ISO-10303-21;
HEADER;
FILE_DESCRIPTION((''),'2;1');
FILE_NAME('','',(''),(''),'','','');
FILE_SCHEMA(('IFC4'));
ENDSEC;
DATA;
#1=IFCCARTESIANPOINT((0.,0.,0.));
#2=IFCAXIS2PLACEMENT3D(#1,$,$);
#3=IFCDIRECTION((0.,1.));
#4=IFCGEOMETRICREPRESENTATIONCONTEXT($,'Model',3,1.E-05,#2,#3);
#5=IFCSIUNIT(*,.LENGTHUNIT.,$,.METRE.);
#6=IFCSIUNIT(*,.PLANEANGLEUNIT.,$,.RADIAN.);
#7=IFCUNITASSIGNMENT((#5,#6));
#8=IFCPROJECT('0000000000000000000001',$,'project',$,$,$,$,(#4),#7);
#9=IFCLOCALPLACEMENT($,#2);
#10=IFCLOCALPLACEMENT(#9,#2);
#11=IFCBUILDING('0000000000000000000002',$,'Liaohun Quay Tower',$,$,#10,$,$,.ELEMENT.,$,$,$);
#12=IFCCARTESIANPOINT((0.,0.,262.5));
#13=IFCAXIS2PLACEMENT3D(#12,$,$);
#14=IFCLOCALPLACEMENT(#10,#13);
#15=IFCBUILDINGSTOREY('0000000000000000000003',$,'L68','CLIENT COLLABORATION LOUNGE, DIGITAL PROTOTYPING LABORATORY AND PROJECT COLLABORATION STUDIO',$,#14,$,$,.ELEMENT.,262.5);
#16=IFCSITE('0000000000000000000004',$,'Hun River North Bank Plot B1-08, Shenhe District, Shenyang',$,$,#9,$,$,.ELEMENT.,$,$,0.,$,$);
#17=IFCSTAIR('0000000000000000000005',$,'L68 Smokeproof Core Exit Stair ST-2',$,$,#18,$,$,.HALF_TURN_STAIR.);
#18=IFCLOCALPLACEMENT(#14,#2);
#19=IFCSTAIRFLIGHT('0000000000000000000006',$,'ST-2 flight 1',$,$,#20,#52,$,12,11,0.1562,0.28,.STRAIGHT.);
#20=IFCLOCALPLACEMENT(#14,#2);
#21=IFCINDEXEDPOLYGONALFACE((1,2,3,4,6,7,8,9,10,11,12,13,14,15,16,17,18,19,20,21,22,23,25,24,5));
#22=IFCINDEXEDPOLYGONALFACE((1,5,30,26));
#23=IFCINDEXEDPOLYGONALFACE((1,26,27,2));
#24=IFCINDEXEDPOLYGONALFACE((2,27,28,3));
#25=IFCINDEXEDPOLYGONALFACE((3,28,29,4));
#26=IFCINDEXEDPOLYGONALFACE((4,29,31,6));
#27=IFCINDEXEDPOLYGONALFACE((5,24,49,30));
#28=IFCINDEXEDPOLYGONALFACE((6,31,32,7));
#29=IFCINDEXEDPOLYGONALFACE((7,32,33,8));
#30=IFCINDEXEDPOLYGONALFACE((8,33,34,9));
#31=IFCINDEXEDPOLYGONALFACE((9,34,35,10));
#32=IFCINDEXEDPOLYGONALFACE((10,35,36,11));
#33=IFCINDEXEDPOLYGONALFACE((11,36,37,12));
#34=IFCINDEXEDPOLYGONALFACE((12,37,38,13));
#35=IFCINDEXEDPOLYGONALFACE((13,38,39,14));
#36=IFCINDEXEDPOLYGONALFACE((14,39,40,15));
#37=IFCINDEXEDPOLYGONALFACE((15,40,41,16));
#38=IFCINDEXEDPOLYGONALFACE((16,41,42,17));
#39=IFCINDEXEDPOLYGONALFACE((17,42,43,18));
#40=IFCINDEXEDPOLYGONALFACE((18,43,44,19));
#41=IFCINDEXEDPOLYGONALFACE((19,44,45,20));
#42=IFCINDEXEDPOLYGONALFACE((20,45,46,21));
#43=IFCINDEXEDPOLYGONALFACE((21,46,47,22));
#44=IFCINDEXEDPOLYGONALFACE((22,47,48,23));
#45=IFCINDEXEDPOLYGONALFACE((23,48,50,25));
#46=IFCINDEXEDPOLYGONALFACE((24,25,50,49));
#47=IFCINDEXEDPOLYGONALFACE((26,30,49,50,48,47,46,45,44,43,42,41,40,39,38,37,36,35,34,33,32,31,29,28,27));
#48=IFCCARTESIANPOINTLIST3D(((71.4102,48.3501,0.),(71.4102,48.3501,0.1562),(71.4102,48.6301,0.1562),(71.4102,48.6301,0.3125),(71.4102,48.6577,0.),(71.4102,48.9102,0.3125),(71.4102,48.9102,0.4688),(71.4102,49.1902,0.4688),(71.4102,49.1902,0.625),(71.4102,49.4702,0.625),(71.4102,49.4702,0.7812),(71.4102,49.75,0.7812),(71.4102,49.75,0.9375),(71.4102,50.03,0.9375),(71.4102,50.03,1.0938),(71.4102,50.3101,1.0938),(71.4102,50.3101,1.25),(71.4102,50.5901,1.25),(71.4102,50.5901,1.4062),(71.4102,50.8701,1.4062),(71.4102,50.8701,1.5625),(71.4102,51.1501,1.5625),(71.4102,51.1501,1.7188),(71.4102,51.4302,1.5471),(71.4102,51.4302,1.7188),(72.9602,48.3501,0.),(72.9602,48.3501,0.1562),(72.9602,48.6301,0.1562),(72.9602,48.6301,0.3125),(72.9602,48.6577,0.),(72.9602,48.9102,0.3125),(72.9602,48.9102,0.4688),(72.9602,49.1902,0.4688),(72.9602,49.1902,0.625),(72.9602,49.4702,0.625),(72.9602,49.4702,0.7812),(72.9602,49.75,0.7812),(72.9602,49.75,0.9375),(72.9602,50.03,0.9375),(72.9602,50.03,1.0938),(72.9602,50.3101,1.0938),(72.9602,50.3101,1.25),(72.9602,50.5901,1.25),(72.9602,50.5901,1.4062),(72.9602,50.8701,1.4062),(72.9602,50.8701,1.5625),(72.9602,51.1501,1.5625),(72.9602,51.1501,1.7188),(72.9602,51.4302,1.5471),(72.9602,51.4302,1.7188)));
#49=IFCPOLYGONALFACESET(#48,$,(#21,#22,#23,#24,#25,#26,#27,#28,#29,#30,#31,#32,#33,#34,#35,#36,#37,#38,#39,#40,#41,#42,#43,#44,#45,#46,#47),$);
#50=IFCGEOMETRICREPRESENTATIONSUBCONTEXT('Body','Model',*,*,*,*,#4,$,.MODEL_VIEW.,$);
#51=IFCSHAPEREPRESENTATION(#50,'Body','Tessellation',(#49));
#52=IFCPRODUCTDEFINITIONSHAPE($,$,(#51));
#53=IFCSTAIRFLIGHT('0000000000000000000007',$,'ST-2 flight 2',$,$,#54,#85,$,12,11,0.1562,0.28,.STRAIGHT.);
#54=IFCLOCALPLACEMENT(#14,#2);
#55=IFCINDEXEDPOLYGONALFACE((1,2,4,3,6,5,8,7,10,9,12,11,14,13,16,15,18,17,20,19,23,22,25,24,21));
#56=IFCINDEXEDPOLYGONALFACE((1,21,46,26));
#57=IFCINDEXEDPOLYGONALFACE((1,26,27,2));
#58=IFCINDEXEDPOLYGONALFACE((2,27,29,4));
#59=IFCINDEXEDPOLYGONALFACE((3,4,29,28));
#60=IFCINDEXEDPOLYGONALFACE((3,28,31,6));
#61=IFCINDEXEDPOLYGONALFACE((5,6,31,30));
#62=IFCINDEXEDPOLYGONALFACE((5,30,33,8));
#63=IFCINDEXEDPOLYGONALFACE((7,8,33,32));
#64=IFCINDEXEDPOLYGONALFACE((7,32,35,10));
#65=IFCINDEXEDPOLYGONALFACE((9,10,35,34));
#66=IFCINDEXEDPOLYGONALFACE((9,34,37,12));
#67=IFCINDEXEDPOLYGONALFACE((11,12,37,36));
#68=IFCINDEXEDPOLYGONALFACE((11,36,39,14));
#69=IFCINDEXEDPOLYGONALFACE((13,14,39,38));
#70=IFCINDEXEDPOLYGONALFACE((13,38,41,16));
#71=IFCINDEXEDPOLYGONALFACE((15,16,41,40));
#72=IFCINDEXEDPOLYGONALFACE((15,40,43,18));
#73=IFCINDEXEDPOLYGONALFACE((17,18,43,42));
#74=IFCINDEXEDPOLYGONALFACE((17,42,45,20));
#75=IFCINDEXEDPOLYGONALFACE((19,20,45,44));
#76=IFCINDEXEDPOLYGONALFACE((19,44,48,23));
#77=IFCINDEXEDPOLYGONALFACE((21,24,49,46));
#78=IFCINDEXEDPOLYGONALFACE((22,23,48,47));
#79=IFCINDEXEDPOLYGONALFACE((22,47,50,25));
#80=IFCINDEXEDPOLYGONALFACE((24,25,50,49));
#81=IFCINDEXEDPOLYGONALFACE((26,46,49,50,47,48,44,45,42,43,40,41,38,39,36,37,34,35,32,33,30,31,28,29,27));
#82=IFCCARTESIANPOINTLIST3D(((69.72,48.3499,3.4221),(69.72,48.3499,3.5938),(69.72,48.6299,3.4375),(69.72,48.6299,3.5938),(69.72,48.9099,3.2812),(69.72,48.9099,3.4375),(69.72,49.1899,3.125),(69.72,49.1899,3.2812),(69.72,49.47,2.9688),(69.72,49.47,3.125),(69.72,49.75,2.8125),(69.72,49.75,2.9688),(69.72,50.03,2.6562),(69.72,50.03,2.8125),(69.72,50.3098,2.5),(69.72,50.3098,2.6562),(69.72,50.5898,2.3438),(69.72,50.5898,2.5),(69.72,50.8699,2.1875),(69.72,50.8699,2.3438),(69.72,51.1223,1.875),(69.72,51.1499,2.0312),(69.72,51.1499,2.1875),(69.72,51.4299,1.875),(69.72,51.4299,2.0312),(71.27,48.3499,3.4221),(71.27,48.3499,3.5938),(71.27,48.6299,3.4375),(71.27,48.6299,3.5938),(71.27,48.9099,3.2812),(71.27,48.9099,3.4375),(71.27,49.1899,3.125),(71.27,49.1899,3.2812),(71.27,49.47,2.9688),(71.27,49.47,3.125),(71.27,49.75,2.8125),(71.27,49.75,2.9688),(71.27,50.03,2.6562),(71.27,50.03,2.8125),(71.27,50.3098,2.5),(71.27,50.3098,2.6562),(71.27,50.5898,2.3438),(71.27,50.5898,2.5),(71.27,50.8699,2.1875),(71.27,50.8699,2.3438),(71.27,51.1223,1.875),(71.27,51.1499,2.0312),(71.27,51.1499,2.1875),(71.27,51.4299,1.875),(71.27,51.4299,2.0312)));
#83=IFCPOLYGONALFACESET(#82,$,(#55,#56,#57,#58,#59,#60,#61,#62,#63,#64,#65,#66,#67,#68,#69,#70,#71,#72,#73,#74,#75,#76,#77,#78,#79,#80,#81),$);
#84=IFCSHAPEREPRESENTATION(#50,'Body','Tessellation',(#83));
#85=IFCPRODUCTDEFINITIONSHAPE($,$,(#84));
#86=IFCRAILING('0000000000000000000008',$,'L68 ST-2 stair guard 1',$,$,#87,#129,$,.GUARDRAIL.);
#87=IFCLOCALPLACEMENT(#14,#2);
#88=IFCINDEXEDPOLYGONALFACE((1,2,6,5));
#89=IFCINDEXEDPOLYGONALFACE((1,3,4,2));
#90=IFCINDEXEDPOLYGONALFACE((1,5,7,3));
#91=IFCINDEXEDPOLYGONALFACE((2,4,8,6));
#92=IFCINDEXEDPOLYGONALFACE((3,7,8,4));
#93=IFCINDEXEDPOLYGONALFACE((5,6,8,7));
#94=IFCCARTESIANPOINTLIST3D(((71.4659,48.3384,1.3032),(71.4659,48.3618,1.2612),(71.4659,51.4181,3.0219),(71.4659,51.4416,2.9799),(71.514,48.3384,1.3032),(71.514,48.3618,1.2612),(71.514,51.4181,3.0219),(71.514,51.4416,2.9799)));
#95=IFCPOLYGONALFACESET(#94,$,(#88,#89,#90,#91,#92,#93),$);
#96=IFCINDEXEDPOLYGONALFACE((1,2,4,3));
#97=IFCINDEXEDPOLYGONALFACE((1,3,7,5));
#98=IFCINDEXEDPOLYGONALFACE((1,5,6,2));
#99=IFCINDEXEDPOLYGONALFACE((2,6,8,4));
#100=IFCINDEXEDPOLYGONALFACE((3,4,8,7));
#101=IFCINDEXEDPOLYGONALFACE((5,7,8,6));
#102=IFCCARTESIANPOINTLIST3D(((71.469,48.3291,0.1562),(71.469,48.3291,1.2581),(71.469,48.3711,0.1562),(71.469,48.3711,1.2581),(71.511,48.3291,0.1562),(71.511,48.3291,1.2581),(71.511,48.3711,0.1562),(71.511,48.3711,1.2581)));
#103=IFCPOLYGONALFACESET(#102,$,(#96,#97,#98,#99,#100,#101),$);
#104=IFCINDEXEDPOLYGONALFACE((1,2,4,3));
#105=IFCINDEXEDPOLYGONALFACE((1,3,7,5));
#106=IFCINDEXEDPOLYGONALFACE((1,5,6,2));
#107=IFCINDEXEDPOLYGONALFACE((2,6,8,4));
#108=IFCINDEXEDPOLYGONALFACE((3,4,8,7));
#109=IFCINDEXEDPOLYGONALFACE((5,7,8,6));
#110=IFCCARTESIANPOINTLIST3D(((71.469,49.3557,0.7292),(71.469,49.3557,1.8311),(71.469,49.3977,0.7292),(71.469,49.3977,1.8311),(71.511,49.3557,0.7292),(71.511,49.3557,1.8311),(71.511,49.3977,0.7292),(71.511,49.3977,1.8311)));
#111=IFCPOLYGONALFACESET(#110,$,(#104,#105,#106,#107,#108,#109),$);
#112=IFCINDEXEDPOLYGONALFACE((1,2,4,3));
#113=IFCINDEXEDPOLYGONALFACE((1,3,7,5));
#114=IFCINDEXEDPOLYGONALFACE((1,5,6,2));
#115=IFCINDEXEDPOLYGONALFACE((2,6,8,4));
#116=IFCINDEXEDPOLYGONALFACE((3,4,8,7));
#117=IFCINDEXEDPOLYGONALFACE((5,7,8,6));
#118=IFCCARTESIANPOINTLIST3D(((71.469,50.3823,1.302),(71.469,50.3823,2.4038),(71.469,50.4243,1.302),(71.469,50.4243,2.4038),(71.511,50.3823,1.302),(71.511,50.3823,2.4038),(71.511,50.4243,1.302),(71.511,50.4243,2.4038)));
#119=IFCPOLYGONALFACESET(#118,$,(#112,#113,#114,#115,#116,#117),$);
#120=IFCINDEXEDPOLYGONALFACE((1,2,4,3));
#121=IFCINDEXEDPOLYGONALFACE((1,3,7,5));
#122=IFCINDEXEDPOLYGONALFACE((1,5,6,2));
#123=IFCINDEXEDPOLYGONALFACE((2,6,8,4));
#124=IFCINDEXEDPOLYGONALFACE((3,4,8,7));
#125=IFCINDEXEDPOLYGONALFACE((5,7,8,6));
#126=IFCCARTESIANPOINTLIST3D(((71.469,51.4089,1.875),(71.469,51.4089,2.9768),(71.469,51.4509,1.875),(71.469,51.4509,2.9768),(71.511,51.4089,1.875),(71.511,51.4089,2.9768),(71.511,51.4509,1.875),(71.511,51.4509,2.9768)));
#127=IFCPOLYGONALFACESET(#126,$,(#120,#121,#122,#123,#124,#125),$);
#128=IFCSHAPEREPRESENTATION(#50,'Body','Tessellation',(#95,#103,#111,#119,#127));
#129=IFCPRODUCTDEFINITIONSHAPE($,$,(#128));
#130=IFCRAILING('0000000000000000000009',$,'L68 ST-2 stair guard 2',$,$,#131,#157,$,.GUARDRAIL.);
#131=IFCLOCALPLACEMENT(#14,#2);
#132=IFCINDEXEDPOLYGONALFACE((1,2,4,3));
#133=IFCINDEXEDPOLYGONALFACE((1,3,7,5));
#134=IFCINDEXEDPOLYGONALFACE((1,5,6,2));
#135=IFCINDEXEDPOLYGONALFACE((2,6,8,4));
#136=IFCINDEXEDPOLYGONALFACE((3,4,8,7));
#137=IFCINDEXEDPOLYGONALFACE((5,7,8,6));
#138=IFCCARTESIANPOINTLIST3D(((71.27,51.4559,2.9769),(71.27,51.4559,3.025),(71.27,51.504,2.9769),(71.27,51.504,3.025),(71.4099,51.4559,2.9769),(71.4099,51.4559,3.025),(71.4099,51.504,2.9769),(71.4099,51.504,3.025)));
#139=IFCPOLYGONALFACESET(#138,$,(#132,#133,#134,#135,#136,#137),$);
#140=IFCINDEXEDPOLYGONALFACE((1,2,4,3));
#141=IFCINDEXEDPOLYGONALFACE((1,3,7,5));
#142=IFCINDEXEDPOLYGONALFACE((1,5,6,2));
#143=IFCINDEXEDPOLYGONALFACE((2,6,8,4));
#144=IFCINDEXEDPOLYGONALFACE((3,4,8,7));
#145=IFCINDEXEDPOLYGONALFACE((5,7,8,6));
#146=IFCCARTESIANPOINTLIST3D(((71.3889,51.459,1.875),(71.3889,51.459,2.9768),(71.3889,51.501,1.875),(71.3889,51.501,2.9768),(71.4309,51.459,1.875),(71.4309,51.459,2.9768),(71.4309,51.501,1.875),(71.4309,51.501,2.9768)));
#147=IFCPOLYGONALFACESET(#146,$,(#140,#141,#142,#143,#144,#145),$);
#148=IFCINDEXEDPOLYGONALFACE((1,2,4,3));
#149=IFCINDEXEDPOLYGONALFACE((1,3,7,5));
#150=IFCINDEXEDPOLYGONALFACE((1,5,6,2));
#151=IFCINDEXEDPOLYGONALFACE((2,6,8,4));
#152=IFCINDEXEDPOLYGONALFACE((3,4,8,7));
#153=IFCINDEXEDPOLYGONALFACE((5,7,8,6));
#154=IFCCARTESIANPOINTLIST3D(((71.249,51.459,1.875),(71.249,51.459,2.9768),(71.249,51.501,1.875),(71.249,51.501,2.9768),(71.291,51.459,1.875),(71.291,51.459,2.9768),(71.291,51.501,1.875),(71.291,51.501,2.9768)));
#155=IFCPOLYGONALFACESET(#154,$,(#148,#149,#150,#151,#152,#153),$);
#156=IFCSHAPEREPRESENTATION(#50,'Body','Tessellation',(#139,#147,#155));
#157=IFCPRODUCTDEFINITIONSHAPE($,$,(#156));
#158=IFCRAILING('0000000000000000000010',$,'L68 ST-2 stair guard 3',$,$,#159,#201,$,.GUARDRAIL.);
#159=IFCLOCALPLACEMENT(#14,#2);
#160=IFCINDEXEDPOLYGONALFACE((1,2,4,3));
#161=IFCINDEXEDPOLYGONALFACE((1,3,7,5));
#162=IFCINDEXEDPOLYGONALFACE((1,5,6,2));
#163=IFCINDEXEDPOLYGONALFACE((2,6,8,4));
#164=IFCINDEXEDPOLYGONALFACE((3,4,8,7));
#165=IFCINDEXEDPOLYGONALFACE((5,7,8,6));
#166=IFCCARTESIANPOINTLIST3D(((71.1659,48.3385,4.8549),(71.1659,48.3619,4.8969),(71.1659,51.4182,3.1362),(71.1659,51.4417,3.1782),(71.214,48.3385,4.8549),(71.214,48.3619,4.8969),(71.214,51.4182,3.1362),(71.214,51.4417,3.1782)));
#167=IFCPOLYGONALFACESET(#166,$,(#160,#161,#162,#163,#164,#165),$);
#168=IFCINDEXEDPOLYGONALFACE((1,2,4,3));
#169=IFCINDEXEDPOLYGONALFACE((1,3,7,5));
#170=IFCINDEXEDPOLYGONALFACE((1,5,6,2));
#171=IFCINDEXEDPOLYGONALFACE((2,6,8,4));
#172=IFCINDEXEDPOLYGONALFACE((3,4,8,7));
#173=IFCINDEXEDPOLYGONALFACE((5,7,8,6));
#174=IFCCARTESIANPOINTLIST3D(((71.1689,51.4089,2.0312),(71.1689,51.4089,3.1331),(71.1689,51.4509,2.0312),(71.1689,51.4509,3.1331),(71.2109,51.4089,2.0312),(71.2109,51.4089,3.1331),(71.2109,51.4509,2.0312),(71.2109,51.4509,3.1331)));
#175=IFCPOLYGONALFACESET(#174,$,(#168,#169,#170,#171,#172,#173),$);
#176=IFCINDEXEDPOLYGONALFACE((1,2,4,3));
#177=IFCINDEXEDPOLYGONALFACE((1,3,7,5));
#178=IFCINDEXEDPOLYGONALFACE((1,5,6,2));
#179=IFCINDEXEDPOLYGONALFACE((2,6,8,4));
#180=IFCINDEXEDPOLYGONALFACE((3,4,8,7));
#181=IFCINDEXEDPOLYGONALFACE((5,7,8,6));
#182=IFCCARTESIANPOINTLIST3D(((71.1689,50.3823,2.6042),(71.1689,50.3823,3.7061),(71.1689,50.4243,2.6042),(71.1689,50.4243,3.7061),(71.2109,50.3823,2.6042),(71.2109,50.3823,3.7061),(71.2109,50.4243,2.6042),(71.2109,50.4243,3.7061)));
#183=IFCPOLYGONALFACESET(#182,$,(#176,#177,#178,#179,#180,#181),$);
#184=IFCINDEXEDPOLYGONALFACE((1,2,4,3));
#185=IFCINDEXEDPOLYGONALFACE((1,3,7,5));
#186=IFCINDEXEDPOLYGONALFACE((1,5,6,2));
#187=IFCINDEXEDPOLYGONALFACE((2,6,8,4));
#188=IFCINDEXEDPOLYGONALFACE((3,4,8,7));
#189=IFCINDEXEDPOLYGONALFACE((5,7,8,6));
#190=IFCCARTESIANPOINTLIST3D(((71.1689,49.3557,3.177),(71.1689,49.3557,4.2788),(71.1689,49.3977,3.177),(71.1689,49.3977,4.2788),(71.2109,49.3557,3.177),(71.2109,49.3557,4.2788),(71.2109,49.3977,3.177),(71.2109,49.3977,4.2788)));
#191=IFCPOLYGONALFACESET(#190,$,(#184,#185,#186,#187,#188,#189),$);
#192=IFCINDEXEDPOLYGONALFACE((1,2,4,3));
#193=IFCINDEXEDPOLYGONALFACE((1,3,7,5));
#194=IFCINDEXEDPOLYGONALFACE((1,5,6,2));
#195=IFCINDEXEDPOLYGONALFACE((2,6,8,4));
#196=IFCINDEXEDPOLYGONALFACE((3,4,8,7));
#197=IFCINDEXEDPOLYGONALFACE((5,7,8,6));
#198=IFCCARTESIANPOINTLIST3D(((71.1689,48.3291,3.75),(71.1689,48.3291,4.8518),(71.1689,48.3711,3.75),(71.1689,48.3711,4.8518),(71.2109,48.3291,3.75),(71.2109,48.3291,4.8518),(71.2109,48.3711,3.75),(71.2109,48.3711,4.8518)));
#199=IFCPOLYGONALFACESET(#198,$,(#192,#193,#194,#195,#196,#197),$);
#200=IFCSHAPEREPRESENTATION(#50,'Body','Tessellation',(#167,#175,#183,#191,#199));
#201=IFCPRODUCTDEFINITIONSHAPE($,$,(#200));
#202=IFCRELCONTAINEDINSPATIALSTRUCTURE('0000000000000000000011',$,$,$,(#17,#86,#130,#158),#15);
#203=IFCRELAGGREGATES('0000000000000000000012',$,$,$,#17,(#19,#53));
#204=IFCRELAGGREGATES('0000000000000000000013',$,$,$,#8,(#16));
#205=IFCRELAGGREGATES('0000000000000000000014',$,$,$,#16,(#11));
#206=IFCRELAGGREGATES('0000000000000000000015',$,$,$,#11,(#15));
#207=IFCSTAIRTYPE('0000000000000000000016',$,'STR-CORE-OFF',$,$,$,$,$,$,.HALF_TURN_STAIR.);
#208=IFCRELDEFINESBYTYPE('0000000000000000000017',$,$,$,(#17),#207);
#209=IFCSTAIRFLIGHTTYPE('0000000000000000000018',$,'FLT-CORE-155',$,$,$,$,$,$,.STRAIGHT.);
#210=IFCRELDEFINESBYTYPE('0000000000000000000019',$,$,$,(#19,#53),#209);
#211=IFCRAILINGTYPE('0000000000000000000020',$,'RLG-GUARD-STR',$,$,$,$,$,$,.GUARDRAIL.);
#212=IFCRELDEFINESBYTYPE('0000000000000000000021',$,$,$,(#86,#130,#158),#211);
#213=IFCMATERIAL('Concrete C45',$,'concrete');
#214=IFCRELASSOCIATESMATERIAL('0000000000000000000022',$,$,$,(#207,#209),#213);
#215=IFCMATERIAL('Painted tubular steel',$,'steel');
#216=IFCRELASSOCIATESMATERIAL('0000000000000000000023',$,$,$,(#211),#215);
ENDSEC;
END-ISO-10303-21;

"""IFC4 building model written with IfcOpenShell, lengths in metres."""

from ifc_helpers import new_model, si_unit, direction, frame, origin, origin_2d, place, context, subcontext, project, spatial, polyline, rectangle, outline, extrude, material, type_object, element, aggregate, save


model = new_model("IFC4")

# Units and contexts
model_context = context("Model", 3, precision=1e-05, world=origin(), true_north=direction((0.0, 1.0)))
body_context = subcontext(model_context, "Body", "Model", "MODEL_VIEW")
ifc_project = project(units=[si_unit("LENGTHUNIT", "METRE"), si_unit("PLANEANGLEUNIT", "RADIAN")], contexts=[model_context])

# Site, building, storey
site_placement = place(None, origin())
site = spatial("IfcSite", under=ifc_project, at=site_placement, Name="Hun River North Bank Plot B1-08, Shenhe District, Shenyang", CompositionType="ELEMENT", RefElevation=0.0)
building_placement = place(site_placement, origin())
building = spatial("IfcBuilding", under=site, at=building_placement, Name="Liaohun Quay Tower", CompositionType="ELEMENT")
storey_placement = place(building_placement, frame((0.0, 0.0, 262.5)))
storey = spatial("IfcBuildingStorey", under=building, at=storey_placement, Name="L68", Description="CLIENT COLLABORATION LOUNGE, DIGITAL PROTOTYPING LABORATORY AND PROJECT COLLABORATION STUDIO", CompositionType="ELEMENT", Elevation=262.5)

# Stair, stair flights
ifc_material_1 = material(Name="Concrete C45", Category="concrete")
stair_type = type_object("IfcStairType", Name="STR-CORE-OFF", PredefinedType="HALF_TURN_STAIR", material=ifc_material_1)
stair_placement = place(storey_placement, origin())
stair = element("IfcStair", 1, at=stair_placement, inside=storey, type_object=stair_type, Name="L68 Smokeproof Core Exit Stair ST-2", PredefinedType="HALF_TURN_STAIR")
stair_flight_type = type_object("IfcStairFlightType", Name="FLT-CORE-155", PredefinedType="STRAIGHT", material=ifc_material_1)
stair_flight_1_placement = place(storey_placement, frame((72.1851, 48.3501, 0.0), z_axis=(0.0, 0.0, 1.0), x_axis=(0.0, 1.0, 0.0)))
stair_flight_1 = element("IfcStairFlight", 2, at=stair_flight_1_placement, type_object=stair_flight_type, Name="ST-2 flight 1", NumberOfRisers=12, NumberOfTreads=11, PredefinedType="STRAIGHT", RiserHeight=0.1562, TreadLength=0.28, context=body_context, shape_type="SweptSolid", body=[
    extrude(outline(polyline([(0.0, 0.0), (0.0, 0.1562), (0.28, 0.1562), (0.28, 0.3125), (0.5601, 0.3125), (0.5601, 0.4688), (0.8401, 0.4688), (0.8401, 0.625), (1.1201, 0.625), (1.1201, 0.7812), (1.3999, 0.7812), (1.3999, 0.9375), (1.6799, 0.9375), (1.6799, 1.0938), (1.96, 1.0938), (1.96, 1.25), (2.24, 1.25), (2.24, 1.4062), (2.52, 1.4062), (2.52, 1.5625), (2.8, 1.5625), (2.8, 1.7188), (3.0801, 1.7188), (3.0801, 1.875), (3.0801, 1.5471), (0.3076, 0.0), (0.0, 0.0)])), frame((0.0, 0.7749, 0.0), z_axis=(0.0, -1.0, 0.0), x_axis=(1.0, 0.0, 0.0)), (0.0, 0.0, 1.0), 1.55),
])
stair_flight_2_placement = place(storey_placement, frame((70.4951, 51.4299, 1.875), z_axis=(0.0, 0.0, 1.0), x_axis=(0.0, -1.0, 0.0)))
stair_flight_2 = element("IfcStairFlight", 3, at=stair_flight_2_placement, type_object=stair_flight_type, Name="ST-2 flight 2", NumberOfRisers=12, NumberOfTreads=11, PredefinedType="STRAIGHT", RiserHeight=0.1562, TreadLength=0.28, context=body_context, shape_type="SweptSolid", body=[
    extrude(outline(polyline([(0.0, 0.0), (0.0, 0.1562), (0.28, 0.1562), (0.28, 0.3125), (0.5601, 0.3125), (0.5601, 0.4688), (0.8401, 0.4688), (0.8401, 0.625), (1.1201, 0.625), (1.1201, 0.7812), (1.3999, 0.7812), (1.3999, 0.9375), (1.6799, 0.9375), (1.6799, 1.0938), (1.96, 1.0938), (1.96, 1.25), (2.24, 1.25), (2.24, 1.4062), (2.52, 1.4062), (2.52, 1.5625), (2.8, 1.5625), (2.8, 1.7188), (3.0801, 1.7188), (3.0801, 1.875), (3.0801, 1.5471), (0.3076, 0.0), (0.0, 0.0)])), frame((0.0, 0.7749, 0.0), z_axis=(0.0, -1.0, 0.0), x_axis=(1.0, 0.0, 0.0)), (0.0, 0.0, 1.0), 1.55),
])
aggregate(stair, [stair_flight_1, stair_flight_2])

# Railings
ifc_material_2 = material(Name="Painted tubular steel", Category="steel")
railing_type_1 = type_object("IfcRailingType", Name="RLG-GUARD-STR", PredefinedType="GUARDRAIL", material=ifc_material_2)
railing_1_placement = place(storey_placement, frame((71.49, 48.3501, 0.1562)))
element("IfcRailing", 4, at=railing_1_placement, inside=storey, type_object=railing_type_1, Name="L68 ST-2 stair guard 1", PredefinedType="GUARDRAIL", context=body_context, shape_type="SweptSolid", body=[
    extrude(rectangle(XDim=0.0481, YDim=0.0481, at=origin_2d()), frame((0.0, 0.0, 1.126), z_axis=(0.0, 0.873225, 0.487317), x_axis=(-1.0, 0.0, 0.0)), (0.0, 0.0, 1.0), 3.5269),
    extrude(rectangle(XDim=0.042, YDim=0.042, at=origin_2d()), origin(), (0.0, 0.0, 1.0), 1.1018),
    extrude(rectangle(XDim=0.042, YDim=0.042, at=origin_2d()), frame((0.0, 1.0266, 0.573)), (0.0, 0.0, 1.0), 1.1018),
    extrude(rectangle(XDim=0.042, YDim=0.042, at=origin_2d()), frame((0.0, 2.0532, 1.1458)), (0.0, 0.0, 1.0), 1.1018),
    extrude(rectangle(XDim=0.042, YDim=0.042, at=origin_2d()), frame((0.0, 3.0798, 1.7188)), (0.0, 0.0, 1.0), 1.1018),
])
railing_2_placement = place(storey_placement, frame((71.4099, 51.48, 1.875)))
element("IfcRailing", 5, at=railing_2_placement, inside=storey, type_object=railing_type_1, Name="L68 ST-2 stair guard 2", PredefinedType="GUARDRAIL", context=body_context, shape_type="SweptSolid", body=[
    extrude(rectangle(XDim=0.0481, YDim=0.0481, at=origin_2d()), frame((0.0, 0.0, 1.126), z_axis=(-1.0, 0.0, 0.0), x_axis=(0.0, -1.0, 0.0)), (0.0, 0.0, 1.0), 0.1399),
    extrude(rectangle(XDim=0.042, YDim=0.042, at=origin_2d()), origin(), (0.0, 0.0, 1.0), 1.1018),
    extrude(rectangle(XDim=0.042, YDim=0.042, at=origin_2d()), frame((-0.1399, 0.0, 0.0)), (0.0, 0.0, 1.0), 1.1018),
])
railing_3_placement = place(storey_placement, frame((71.1899, 51.4299, 2.0312)))
element("IfcRailing", 6, at=railing_3_placement, inside=storey, type_object=railing_type_1, Name="L68 ST-2 stair guard 3", PredefinedType="GUARDRAIL", context=body_context, shape_type="SweptSolid", body=[
    extrude(rectangle(XDim=0.0481, YDim=0.0481, at=origin_2d()), frame((0.0, 0.0, 1.126), z_axis=(0.0, -0.873225, 0.487317), x_axis=(1.0, 0.0, 0.0)), (0.0, 0.0, 1.0), 3.5269),
    extrude(rectangle(XDim=0.042, YDim=0.042, at=origin_2d()), origin(), (0.0, 0.0, 1.0), 1.1018),
    extrude(rectangle(XDim=0.042, YDim=0.042, at=origin_2d()), frame((0.0, -1.0266, 0.573)), (0.0, 0.0, 1.0), 1.1018),
    extrude(rectangle(XDim=0.042, YDim=0.042, at=origin_2d()), frame((0.0, -2.0532, 1.1458)), (0.0, 0.0, 1.0), 1.1018),
    extrude(rectangle(XDim=0.042, YDim=0.042, at=origin_2d()), frame((0.0, -3.0798, 1.7188)), (0.0, 0.0, 1.0), 1.1018),
])

save(model, "model.ifc")
